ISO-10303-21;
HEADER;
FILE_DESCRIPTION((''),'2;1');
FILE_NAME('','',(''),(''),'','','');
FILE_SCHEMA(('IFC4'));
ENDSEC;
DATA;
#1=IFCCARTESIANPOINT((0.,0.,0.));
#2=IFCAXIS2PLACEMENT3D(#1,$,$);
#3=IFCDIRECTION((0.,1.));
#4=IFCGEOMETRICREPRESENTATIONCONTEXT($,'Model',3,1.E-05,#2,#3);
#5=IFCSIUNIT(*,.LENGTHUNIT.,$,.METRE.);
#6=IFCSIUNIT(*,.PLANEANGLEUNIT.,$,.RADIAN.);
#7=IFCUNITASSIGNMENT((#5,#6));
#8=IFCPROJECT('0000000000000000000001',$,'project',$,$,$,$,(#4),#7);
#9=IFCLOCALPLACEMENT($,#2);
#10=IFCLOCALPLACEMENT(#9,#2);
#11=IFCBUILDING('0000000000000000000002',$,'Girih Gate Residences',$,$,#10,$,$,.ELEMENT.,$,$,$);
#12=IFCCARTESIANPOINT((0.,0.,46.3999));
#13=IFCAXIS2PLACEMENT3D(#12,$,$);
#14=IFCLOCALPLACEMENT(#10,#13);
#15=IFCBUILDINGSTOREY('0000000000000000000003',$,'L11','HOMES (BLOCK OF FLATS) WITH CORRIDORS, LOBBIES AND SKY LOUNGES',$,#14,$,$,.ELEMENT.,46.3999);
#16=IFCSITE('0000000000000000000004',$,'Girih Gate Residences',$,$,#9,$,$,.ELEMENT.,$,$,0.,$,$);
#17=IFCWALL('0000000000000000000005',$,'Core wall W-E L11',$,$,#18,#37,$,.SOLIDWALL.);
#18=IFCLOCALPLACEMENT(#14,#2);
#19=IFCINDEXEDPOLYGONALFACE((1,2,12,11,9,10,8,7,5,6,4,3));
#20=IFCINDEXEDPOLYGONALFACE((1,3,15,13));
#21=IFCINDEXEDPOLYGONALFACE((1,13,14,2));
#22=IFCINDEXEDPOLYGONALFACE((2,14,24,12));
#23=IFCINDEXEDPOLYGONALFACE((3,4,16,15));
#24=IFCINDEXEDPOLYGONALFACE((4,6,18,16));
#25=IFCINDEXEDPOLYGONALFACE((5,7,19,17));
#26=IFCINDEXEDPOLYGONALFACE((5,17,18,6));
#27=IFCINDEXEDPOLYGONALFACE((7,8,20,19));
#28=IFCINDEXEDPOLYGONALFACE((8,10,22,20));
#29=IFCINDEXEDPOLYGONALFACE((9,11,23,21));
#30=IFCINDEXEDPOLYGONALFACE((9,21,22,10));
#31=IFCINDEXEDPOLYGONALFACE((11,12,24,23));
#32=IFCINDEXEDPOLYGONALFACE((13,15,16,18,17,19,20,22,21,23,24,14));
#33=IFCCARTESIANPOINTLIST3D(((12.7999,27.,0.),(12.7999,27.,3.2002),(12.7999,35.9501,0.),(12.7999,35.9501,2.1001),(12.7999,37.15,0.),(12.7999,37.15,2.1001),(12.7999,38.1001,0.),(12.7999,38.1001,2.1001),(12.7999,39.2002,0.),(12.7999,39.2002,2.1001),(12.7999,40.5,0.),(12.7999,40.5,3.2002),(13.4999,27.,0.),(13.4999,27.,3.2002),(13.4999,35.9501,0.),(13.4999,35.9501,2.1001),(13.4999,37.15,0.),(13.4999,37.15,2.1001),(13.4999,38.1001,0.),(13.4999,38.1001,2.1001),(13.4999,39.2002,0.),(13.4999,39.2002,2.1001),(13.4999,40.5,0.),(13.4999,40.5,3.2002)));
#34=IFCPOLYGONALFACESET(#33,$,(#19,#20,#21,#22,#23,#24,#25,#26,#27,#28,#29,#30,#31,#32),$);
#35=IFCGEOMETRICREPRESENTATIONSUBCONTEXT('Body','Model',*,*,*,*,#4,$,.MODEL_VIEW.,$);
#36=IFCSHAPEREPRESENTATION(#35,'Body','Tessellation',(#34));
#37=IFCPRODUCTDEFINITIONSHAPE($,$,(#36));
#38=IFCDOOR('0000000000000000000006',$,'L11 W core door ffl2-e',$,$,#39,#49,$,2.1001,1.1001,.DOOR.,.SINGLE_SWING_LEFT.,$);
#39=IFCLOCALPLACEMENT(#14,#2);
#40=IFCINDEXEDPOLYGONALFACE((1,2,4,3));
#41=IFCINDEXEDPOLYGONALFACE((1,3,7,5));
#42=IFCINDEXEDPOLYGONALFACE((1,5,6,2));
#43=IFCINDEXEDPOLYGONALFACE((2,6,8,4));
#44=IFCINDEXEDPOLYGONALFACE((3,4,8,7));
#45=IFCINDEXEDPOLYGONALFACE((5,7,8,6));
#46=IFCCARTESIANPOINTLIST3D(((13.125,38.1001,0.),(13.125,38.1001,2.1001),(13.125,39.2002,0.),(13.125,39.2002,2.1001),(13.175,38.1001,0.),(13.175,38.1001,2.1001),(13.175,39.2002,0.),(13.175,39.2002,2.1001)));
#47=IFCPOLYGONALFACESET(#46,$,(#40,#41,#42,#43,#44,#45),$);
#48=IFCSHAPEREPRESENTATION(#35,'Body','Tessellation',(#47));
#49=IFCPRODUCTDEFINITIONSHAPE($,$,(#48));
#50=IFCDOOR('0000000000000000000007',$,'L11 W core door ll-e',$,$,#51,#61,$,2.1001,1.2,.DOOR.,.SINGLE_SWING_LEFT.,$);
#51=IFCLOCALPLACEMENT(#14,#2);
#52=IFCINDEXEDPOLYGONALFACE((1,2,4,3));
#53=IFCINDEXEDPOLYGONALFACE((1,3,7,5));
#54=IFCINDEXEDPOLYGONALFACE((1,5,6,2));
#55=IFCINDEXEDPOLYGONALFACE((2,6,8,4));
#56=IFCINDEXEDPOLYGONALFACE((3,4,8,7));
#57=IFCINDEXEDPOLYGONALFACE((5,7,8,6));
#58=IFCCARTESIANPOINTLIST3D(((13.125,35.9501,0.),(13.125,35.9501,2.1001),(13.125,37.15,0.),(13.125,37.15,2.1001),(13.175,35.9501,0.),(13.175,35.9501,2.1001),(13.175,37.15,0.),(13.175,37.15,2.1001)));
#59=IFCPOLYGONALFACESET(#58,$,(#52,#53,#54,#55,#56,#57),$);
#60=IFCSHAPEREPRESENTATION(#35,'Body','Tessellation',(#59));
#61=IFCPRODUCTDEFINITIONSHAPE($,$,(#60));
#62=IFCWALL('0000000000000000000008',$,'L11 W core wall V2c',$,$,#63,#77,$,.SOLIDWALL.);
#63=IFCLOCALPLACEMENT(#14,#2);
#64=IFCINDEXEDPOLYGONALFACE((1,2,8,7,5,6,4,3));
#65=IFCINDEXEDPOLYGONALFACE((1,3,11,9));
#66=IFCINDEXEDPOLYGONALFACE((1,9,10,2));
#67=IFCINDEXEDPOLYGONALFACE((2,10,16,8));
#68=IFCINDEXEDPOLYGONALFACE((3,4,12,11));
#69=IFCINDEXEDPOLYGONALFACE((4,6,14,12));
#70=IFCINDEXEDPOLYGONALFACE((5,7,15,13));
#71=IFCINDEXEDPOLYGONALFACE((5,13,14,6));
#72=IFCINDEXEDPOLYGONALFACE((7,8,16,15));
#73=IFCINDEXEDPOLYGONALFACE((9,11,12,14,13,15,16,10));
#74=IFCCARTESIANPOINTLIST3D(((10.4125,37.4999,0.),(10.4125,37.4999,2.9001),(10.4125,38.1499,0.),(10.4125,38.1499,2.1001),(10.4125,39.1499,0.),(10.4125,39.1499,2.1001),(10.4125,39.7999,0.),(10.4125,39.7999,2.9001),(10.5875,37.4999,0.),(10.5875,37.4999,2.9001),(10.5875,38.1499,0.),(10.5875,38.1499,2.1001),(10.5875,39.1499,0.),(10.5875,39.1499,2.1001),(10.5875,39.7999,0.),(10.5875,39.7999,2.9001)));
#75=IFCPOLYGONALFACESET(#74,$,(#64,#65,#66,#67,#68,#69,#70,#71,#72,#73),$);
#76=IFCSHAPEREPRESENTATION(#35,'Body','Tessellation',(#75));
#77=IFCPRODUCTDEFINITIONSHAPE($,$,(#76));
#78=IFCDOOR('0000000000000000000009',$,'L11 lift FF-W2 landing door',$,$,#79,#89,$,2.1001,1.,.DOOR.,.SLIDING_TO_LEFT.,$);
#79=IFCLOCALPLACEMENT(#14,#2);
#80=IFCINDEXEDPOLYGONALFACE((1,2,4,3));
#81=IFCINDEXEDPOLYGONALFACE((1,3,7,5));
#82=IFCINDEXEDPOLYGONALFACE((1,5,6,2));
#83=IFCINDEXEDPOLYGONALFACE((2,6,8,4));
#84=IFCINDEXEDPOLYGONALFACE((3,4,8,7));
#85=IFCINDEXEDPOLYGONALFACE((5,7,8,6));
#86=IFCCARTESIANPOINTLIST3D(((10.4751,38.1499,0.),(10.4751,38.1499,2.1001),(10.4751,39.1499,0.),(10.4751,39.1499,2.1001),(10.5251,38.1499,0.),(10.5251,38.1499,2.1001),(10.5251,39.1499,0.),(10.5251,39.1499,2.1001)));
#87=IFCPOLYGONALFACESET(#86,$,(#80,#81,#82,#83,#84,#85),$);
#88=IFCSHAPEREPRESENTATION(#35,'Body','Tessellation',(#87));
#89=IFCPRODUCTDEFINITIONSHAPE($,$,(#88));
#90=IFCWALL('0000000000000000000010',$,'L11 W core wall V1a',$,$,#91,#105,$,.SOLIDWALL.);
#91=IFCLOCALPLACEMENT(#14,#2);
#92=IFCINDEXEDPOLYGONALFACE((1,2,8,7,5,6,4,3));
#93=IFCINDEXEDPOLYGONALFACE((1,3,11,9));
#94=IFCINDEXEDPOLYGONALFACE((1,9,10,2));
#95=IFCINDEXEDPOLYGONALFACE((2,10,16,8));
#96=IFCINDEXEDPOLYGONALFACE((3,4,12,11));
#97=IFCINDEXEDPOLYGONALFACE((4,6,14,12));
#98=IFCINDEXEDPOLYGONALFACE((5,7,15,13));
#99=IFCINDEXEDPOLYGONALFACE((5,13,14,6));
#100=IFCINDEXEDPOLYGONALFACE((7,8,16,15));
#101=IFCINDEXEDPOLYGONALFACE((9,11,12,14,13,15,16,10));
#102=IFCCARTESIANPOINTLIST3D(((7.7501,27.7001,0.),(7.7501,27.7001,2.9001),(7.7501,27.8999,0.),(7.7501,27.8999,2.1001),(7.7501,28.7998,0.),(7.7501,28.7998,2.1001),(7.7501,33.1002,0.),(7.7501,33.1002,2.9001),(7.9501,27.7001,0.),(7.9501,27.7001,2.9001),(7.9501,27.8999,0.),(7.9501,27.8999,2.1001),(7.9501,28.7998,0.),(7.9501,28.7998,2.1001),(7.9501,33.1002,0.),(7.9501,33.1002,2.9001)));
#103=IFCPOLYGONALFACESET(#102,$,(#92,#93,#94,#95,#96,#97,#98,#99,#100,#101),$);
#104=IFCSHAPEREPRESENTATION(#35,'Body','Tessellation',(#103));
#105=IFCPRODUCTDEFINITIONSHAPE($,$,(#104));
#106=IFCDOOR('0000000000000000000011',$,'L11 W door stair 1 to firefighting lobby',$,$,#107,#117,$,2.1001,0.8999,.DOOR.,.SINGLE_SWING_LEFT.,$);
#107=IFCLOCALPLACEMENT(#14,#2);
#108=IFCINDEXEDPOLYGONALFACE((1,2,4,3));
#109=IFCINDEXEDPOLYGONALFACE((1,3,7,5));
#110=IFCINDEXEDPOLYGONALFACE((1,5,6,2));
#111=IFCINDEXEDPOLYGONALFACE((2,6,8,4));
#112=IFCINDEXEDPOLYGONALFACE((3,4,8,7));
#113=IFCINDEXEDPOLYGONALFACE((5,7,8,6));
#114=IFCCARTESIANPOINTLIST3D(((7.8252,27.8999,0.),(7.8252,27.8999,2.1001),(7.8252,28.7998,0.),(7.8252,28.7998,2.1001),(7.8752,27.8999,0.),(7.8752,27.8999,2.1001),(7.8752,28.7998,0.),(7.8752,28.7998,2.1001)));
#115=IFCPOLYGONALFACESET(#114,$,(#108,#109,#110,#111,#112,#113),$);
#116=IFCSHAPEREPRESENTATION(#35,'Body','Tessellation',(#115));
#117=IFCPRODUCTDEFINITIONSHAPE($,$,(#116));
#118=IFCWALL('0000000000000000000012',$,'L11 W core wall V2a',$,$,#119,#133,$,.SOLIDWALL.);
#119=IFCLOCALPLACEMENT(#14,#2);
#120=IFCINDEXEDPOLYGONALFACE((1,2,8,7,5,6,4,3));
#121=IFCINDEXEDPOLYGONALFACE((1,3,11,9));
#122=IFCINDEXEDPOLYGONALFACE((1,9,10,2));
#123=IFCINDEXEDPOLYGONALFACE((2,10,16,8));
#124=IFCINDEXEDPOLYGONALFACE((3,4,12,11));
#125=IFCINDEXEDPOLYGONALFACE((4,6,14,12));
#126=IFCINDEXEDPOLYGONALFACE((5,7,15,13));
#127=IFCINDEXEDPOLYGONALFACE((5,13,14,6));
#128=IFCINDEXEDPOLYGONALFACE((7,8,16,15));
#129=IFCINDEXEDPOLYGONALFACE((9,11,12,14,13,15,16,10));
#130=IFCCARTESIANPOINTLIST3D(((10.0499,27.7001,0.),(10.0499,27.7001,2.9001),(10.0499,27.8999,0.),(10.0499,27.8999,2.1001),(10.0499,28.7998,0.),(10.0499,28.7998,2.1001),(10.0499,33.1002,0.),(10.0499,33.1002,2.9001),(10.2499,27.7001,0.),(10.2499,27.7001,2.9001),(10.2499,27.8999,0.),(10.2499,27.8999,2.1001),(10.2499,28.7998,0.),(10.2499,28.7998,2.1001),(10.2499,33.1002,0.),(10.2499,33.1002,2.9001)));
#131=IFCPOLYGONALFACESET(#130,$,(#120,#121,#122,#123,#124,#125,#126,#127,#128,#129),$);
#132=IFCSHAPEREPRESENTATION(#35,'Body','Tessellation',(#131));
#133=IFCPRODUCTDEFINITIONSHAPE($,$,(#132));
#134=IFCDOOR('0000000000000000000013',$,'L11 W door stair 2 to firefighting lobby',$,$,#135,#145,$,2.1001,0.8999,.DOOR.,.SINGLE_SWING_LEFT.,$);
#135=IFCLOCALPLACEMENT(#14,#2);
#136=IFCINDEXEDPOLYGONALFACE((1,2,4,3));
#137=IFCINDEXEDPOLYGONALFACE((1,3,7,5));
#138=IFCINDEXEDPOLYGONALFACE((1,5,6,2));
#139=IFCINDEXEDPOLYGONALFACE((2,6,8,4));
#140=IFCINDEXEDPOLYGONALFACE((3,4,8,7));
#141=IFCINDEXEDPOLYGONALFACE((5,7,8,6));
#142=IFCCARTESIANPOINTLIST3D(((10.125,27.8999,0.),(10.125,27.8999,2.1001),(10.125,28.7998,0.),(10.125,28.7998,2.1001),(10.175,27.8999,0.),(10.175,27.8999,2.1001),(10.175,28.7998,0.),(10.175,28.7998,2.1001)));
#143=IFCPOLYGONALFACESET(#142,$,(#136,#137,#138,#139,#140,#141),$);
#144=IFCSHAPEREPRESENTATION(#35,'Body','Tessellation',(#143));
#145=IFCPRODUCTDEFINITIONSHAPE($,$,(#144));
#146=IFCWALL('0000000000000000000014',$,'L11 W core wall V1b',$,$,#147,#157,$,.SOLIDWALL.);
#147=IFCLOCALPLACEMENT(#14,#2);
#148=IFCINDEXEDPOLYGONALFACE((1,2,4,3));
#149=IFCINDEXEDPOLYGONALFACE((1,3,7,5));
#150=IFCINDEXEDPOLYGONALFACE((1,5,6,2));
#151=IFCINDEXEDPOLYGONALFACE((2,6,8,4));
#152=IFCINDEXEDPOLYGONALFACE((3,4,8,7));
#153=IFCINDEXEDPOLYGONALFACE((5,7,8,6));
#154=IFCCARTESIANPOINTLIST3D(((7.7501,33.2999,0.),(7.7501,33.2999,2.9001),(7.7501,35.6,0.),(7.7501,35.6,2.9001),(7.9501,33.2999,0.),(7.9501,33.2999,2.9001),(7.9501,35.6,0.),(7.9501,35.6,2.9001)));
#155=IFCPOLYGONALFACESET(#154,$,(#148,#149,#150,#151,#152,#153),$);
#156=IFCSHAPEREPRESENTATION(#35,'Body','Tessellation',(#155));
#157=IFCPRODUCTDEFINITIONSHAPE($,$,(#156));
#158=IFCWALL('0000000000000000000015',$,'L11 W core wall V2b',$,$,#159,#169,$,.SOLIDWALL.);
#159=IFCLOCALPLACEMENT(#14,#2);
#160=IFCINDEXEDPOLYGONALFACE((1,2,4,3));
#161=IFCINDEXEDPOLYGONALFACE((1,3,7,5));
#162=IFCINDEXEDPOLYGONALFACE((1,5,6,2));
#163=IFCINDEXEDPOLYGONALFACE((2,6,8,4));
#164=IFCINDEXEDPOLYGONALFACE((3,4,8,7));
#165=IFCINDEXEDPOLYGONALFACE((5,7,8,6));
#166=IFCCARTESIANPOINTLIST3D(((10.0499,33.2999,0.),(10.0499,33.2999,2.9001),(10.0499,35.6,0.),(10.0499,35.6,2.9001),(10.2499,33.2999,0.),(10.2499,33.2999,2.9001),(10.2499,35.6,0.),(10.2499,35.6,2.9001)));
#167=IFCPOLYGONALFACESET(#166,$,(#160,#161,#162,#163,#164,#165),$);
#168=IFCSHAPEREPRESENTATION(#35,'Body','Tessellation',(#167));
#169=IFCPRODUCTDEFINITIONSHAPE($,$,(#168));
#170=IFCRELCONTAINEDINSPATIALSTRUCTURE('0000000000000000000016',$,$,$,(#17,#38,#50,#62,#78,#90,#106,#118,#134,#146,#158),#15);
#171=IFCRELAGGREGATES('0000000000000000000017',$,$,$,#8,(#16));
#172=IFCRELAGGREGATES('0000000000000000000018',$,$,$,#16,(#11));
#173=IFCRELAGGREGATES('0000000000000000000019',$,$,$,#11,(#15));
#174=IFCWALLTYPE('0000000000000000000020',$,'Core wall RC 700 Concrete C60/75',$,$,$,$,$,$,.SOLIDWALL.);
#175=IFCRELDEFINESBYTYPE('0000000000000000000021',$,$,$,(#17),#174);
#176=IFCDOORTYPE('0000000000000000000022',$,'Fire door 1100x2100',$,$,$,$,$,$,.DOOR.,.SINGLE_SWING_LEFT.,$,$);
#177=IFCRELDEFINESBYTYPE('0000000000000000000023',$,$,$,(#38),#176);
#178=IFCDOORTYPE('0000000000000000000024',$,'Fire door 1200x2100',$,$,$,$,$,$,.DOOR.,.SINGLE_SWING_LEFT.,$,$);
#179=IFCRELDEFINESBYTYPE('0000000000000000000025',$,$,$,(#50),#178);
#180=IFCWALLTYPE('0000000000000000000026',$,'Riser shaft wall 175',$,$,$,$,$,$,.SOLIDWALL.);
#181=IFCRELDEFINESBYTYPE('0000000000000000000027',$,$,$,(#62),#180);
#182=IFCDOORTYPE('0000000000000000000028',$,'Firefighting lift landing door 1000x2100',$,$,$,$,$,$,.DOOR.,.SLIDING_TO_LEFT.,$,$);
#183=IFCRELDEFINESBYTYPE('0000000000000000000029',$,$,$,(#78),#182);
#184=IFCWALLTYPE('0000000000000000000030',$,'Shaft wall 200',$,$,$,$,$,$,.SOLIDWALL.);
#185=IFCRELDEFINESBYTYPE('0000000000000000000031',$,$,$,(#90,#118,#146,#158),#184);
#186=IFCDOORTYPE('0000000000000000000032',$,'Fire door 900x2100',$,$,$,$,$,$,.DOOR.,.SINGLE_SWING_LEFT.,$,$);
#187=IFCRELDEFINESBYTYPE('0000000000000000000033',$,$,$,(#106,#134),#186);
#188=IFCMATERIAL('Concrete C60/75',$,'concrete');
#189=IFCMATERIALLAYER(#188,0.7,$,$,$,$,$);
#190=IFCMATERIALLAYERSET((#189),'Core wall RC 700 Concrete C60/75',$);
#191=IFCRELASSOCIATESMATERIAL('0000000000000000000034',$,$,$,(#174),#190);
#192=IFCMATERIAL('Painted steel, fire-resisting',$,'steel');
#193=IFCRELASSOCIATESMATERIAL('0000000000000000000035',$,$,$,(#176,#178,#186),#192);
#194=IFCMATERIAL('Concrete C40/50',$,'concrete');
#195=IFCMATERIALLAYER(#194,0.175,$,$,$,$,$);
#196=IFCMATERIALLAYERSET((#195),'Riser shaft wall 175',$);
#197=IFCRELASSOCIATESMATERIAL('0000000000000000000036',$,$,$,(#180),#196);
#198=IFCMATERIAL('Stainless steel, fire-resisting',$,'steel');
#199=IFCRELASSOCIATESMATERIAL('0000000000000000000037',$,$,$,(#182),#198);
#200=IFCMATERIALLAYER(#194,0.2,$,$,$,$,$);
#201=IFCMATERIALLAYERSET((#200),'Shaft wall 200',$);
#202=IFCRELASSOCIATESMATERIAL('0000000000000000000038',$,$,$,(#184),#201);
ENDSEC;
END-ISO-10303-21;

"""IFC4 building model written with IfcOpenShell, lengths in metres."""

from ifc_helpers import new_model, si_unit, direction, frame, frame_2d, origin, place, context, subcontext, project, spatial, rectangle, extrude, material, layer, layer_set, type_object, element, fill, save


model = new_model("IFC4")

# Units and contexts
model_context = context("Model", 3, precision=1e-05, world=origin(), true_north=direction((0.0, 1.0)))
body_context = subcontext(model_context, "Body", "Model", "MODEL_VIEW")
ifc_project = project(units=[si_unit("LENGTHUNIT", "METRE"), si_unit("PLANEANGLEUNIT", "RADIAN")], contexts=[model_context])

# Site, building, storey
site_placement = place(None, origin())
site = spatial("IfcSite", under=ifc_project, at=site_placement, Name="Girih Gate Residences", CompositionType="ELEMENT", RefElevation=0.0)
building_placement = place(site_placement, origin())
building = spatial("IfcBuilding", under=site, at=building_placement, Name="Girih Gate Residences", CompositionType="ELEMENT")
storey_placement = place(building_placement, frame((0.0, 0.0, 46.3999)))
storey = spatial("IfcBuildingStorey", under=building, at=storey_placement, Name="L11", Description="HOMES (BLOCK OF FLATS) WITH CORRIDORS, LOBBIES AND SKY LOUNGES", CompositionType="ELEMENT", Elevation=46.3999)

# Shared definitions
ifc_material_1 = material(Name="Concrete C60/75", Category="concrete")

# Wall, openings, doors
ifc_layer_1 = layer(ifc_material_1, 0.7)
ifc_layer_set_1 = layer_set([ifc_layer_1], Name="Core wall RC 700 Concrete C60/75")
wall_type_1 = type_object("IfcWallType", Name="Core wall RC 700 Concrete C60/75", PredefinedType="SOLIDWALL", material=ifc_layer_set_1)
wall_1_placement = place(storey_placement, frame((13.1499, 27.0, 0.0), z_axis=(0.0, 0.0, 1.0), x_axis=(0.0, 1.0, 0.0)))
wall_1 = element("IfcWall", 1, at=wall_1_placement, inside=storey, type_object=wall_type_1, Name="Core wall W-E L11", PredefinedType="SOLIDWALL", context=body_context, shape_type="SweptSolid", body=[
    extrude(rectangle(XDim=13.5, YDim=0.7, at=frame_2d((6.75, 0.0))), origin(), (0.0, 0.0, 1.0), 3.2002),
])
opening_1_placement = place(wall_1_placement, frame((11.1001, 0.0, 0.0)))
opening_1 = element("IfcOpeningElement", 2, at=opening_1_placement, cuts=wall_1, PredefinedType="OPENING", context=body_context, shape_type="SweptSolid", body=[
    extrude(rectangle(XDim=1.1001, YDim=2.1001, at=frame_2d((0.55, 1.05))), frame((0.0, 0.3599, 0.0), z_axis=(0.0, -1.0, 0.0), x_axis=(1.0, 0.0, 0.0)), (0.0, 0.0, 1.0), 0.72),
])
opening_2_placement = place(wall_1_placement, frame((8.95, 0.0, 0.0)))
opening_2 = element("IfcOpeningElement", 3, at=opening_2_placement, cuts=wall_1, PredefinedType="OPENING", context=body_context, shape_type="SweptSolid", body=[
    extrude(rectangle(XDim=1.2, YDim=2.1001, at=frame_2d((0.6001, 1.05))), frame((0.0, 0.3599, 0.0), z_axis=(0.0, -1.0, 0.0), x_axis=(1.0, 0.0, 0.0)), (0.0, 0.0, 1.0), 0.72),
])
ifc_material_2 = material(Name="Painted steel, fire-resisting", Category="steel")
door_type_1 = type_object("IfcDoorType", Name="Fire door 1100x2100", OperationType="SINGLE_SWING_LEFT", PredefinedType="DOOR", material=ifc_material_2)
door_1_placement = place(opening_1_placement, origin())
door_1 = element("IfcDoor", 4, at=door_1_placement, inside=storey, type_object=door_type_1, Name="L11 W core door ffl2-e", OperationType="SINGLE_SWING_LEFT", OverallHeight=2.1001, OverallWidth=1.1001, PredefinedType="DOOR", context=body_context, shape_type="SweptSolid", body=[
    extrude(rectangle(XDim=1.1001, YDim=2.1001, at=frame_2d((0.55, 1.05))), frame((0.0, 0.0249, 0.0), z_axis=(0.0, -1.0, 0.0), x_axis=(1.0, 0.0, 0.0)), (0.0, 0.0, 1.0), 0.05),
])
fill(opening_1, door_1)
door_type_2 = type_object("IfcDoorType", Name="Fire door 1200x2100", OperationType="SINGLE_SWING_LEFT", PredefinedType="DOOR", material=ifc_material_2)
door_2_placement = place(opening_2_placement, origin())
door_2 = element("IfcDoor", 5, at=door_2_placement, inside=storey, type_object=door_type_2, Name="L11 W core door ll-e", OperationType="SINGLE_SWING_LEFT", OverallHeight=2.1001, OverallWidth=1.2, PredefinedType="DOOR", context=body_context, shape_type="SweptSolid", body=[
    extrude(rectangle(XDim=1.2, YDim=2.1001, at=frame_2d((0.6001, 1.05))), frame((0.0, 0.0249, 0.0), z_axis=(0.0, -1.0, 0.0), x_axis=(1.0, 0.0, 0.0)), (0.0, 0.0, 1.0), 0.05),
])
fill(opening_2, door_2)

# Walls, openings, doors
ifc_material_3 = material(Name="Concrete C40/50", Category="concrete")
ifc_layer_2 = layer(ifc_material_3, 0.175)
ifc_layer_set_2 = layer_set([ifc_layer_2], Name="Riser shaft wall 175")
wall_type_2 = type_object("IfcWallType", Name="Riser shaft wall 175", PredefinedType="SOLIDWALL", material=ifc_layer_set_2)
wall_2_placement = place(storey_placement, frame((10.5, 37.5, 0.0), z_axis=(0.0, 0.0, 1.0), x_axis=(0.0, 1.0, 0.0)))
wall_2 = element("IfcWall", 6, at=wall_2_placement, inside=storey, type_object=wall_type_2, Name="L11 W core wall V2c", PredefinedType="SOLIDWALL", context=body_context, shape_type="SweptSolid", body=[
    extrude(rectangle(XDim=2.3, YDim=0.175, at=frame_2d((1.1499, 0.0))), origin(), (0.0, 0.0, 1.0), 2.9001),
])
opening_3_placement = place(wall_2_placement, frame((0.6499, 0.0, 0.0)))
opening_3 = element("IfcOpeningElement", 7, at=opening_3_placement, cuts=wall_2, PredefinedType="OPENING", context=body_context, shape_type="SweptSolid", body=[
    extrude(rectangle(XDim=1.0, YDim=2.1001, at=frame_2d((0.5, 1.05))), frame((0.0, 0.0974, 0.0), z_axis=(0.0, -1.0, 0.0), x_axis=(1.0, 0.0, 0.0)), (0.0, 0.0, 1.0), 0.1951),
])
ifc_material_4 = material(Name="Stainless steel, fire-resisting", Category="steel")
door_type_3 = type_object("IfcDoorType", Name="Firefighting lift landing door 1000x2100", OperationType="SLIDING_TO_LEFT", PredefinedType="DOOR", material=ifc_material_4)
door_3_placement = place(opening_3_placement, origin())
door_3 = element("IfcDoor", 8, at=door_3_placement, inside=storey, type_object=door_type_3, Name="L11 lift FF-W2 landing door", OperationType="SLIDING_TO_LEFT", OverallHeight=2.1001, OverallWidth=1.0, PredefinedType="DOOR", context=body_context, shape_type="SweptSolid", body=[
    extrude(rectangle(XDim=1.0, YDim=2.1001, at=frame_2d((0.5, 1.05))), frame((0.0, 0.0249, 0.0), z_axis=(0.0, -1.0, 0.0), x_axis=(1.0, 0.0, 0.0)), (0.0, 0.0, 1.0), 0.05),
])
fill(opening_3, door_3)
ifc_layer_3 = layer(ifc_material_3, 0.2)
ifc_layer_set_3 = layer_set([ifc_layer_3], Name="Shaft wall 200")
wall_type_3 = type_object("IfcWallType", Name="Shaft wall 200", PredefinedType="SOLIDWALL", material=ifc_layer_set_3)
wall_3_placement = place(storey_placement, frame((7.8501, 27.7, 0.0), z_axis=(0.0, 0.0, 1.0), x_axis=(0.0, 1.0, 0.0)))
wall_3 = element("IfcWall", 9, at=wall_3_placement, inside=storey, type_object=wall_type_3, Name="L11 W core wall V1a", PredefinedType="SOLIDWALL", context=body_context, shape_type="SweptSolid", body=[
    extrude(rectangle(XDim=5.4001, YDim=0.2, at=frame_2d((2.7002, 0.0))), origin(), (0.0, 0.0, 1.0), 2.9001),
])
opening_4_placement = place(wall_3_placement, frame((0.2, 0.0, 0.0)))
opening_4 = element("IfcOpeningElement", 10, at=opening_4_placement, cuts=wall_3, PredefinedType="OPENING", context=body_context, shape_type="SweptSolid", body=[
    extrude(rectangle(XDim=0.8999, YDim=2.1001, at=frame_2d((0.45, 1.05))), frame((0.0, 0.1099, 0.0), z_axis=(0.0, -1.0, 0.0), x_axis=(1.0, 0.0, 0.0)), (0.0, 0.0, 1.0), 0.22),
])
door_type_4 = type_object("IfcDoorType", Name="Fire door 900x2100", OperationType="SINGLE_SWING_LEFT", PredefinedType="DOOR", material=ifc_material_2)
door_4_placement = place(opening_4_placement, origin())
door_4 = element("IfcDoor", 11, at=door_4_placement, inside=storey, type_object=door_type_4, Name="L11 W door stair 1 to firefighting lobby", OperationType="SINGLE_SWING_LEFT", OverallHeight=2.1001, OverallWidth=0.8999, PredefinedType="DOOR", context=body_context, shape_type="SweptSolid", body=[
    extrude(rectangle(XDim=0.8999, YDim=2.1001, at=frame_2d((0.45, 1.05))), frame((0.0, 0.0249, 0.0), z_axis=(0.0, -1.0, 0.0), x_axis=(1.0, 0.0, 0.0)), (0.0, 0.0, 1.0), 0.05),
])
fill(opening_4, door_4)
wall_4_placement = place(storey_placement, frame((10.1499, 27.7, 0.0), z_axis=(0.0, 0.0, 1.0), x_axis=(0.0, 1.0, 0.0)))
wall_4 = element("IfcWall", 12, at=wall_4_placement, inside=storey, type_object=wall_type_3, Name="L11 W core wall V2a", PredefinedType="SOLIDWALL", context=body_context, shape_type="SweptSolid", body=[
    extrude(rectangle(XDim=5.4001, YDim=0.2, at=frame_2d((2.7002, 0.0))), origin(), (0.0, 0.0, 1.0), 2.9001),
])
opening_5_placement = place(wall_4_placement, frame((0.2, 0.0, 0.0)))
opening_5 = element("IfcOpeningElement", 13, at=opening_5_placement, cuts=wall_4, PredefinedType="OPENING", context=body_context, shape_type="SweptSolid", body=[
    extrude(rectangle(XDim=0.8999, YDim=2.1001, at=frame_2d((0.45, 1.05))), frame((0.0, 0.1099, 0.0), z_axis=(0.0, -1.0, 0.0), x_axis=(1.0, 0.0, 0.0)), (0.0, 0.0, 1.0), 0.22),
])
door_5_placement = place(opening_5_placement, origin())
door_5 = element("IfcDoor", 14, at=door_5_placement, inside=storey, type_object=door_type_4, Name="L11 W door stair 2 to firefighting lobby", OperationType="SINGLE_SWING_LEFT", OverallHeight=2.1001, OverallWidth=0.8999, PredefinedType="DOOR", context=body_context, shape_type="SweptSolid", body=[
    extrude(rectangle(XDim=0.8999, YDim=2.1001, at=frame_2d((0.45, 1.05))), frame((0.0, 0.0249, 0.0), z_axis=(0.0, -1.0, 0.0), x_axis=(1.0, 0.0, 0.0)), (0.0, 0.0, 1.0), 0.05),
])
fill(opening_5, door_5)

# Walls
for number, where, z_axis, x_axis, name in (
    (15, (7.8501, 33.3, 0.0), (0.0, 0.0, 1.0), (0.0, 1.0, 0.0), "L11 W core wall V1b"),
    (16, (10.1499, 33.3, 0.0), (0.0, 0.0, 1.0), (0.0, 1.0, 0.0), "L11 W core wall V2b"),
):
    element("IfcWall", number, at=place(storey_placement, frame(where, z_axis=z_axis, x_axis=x_axis)), inside=storey, type_object=wall_type_3, Name=name, PredefinedType="SOLIDWALL", context=body_context, shape_type="SweptSolid", body=[
        extrude(rectangle(XDim=2.3, YDim=0.2, at=frame_2d((1.1499, 0.0))), origin(), (0.0, 0.0, 1.0), 2.9001),
    ])

save(model, "model.ifc")
